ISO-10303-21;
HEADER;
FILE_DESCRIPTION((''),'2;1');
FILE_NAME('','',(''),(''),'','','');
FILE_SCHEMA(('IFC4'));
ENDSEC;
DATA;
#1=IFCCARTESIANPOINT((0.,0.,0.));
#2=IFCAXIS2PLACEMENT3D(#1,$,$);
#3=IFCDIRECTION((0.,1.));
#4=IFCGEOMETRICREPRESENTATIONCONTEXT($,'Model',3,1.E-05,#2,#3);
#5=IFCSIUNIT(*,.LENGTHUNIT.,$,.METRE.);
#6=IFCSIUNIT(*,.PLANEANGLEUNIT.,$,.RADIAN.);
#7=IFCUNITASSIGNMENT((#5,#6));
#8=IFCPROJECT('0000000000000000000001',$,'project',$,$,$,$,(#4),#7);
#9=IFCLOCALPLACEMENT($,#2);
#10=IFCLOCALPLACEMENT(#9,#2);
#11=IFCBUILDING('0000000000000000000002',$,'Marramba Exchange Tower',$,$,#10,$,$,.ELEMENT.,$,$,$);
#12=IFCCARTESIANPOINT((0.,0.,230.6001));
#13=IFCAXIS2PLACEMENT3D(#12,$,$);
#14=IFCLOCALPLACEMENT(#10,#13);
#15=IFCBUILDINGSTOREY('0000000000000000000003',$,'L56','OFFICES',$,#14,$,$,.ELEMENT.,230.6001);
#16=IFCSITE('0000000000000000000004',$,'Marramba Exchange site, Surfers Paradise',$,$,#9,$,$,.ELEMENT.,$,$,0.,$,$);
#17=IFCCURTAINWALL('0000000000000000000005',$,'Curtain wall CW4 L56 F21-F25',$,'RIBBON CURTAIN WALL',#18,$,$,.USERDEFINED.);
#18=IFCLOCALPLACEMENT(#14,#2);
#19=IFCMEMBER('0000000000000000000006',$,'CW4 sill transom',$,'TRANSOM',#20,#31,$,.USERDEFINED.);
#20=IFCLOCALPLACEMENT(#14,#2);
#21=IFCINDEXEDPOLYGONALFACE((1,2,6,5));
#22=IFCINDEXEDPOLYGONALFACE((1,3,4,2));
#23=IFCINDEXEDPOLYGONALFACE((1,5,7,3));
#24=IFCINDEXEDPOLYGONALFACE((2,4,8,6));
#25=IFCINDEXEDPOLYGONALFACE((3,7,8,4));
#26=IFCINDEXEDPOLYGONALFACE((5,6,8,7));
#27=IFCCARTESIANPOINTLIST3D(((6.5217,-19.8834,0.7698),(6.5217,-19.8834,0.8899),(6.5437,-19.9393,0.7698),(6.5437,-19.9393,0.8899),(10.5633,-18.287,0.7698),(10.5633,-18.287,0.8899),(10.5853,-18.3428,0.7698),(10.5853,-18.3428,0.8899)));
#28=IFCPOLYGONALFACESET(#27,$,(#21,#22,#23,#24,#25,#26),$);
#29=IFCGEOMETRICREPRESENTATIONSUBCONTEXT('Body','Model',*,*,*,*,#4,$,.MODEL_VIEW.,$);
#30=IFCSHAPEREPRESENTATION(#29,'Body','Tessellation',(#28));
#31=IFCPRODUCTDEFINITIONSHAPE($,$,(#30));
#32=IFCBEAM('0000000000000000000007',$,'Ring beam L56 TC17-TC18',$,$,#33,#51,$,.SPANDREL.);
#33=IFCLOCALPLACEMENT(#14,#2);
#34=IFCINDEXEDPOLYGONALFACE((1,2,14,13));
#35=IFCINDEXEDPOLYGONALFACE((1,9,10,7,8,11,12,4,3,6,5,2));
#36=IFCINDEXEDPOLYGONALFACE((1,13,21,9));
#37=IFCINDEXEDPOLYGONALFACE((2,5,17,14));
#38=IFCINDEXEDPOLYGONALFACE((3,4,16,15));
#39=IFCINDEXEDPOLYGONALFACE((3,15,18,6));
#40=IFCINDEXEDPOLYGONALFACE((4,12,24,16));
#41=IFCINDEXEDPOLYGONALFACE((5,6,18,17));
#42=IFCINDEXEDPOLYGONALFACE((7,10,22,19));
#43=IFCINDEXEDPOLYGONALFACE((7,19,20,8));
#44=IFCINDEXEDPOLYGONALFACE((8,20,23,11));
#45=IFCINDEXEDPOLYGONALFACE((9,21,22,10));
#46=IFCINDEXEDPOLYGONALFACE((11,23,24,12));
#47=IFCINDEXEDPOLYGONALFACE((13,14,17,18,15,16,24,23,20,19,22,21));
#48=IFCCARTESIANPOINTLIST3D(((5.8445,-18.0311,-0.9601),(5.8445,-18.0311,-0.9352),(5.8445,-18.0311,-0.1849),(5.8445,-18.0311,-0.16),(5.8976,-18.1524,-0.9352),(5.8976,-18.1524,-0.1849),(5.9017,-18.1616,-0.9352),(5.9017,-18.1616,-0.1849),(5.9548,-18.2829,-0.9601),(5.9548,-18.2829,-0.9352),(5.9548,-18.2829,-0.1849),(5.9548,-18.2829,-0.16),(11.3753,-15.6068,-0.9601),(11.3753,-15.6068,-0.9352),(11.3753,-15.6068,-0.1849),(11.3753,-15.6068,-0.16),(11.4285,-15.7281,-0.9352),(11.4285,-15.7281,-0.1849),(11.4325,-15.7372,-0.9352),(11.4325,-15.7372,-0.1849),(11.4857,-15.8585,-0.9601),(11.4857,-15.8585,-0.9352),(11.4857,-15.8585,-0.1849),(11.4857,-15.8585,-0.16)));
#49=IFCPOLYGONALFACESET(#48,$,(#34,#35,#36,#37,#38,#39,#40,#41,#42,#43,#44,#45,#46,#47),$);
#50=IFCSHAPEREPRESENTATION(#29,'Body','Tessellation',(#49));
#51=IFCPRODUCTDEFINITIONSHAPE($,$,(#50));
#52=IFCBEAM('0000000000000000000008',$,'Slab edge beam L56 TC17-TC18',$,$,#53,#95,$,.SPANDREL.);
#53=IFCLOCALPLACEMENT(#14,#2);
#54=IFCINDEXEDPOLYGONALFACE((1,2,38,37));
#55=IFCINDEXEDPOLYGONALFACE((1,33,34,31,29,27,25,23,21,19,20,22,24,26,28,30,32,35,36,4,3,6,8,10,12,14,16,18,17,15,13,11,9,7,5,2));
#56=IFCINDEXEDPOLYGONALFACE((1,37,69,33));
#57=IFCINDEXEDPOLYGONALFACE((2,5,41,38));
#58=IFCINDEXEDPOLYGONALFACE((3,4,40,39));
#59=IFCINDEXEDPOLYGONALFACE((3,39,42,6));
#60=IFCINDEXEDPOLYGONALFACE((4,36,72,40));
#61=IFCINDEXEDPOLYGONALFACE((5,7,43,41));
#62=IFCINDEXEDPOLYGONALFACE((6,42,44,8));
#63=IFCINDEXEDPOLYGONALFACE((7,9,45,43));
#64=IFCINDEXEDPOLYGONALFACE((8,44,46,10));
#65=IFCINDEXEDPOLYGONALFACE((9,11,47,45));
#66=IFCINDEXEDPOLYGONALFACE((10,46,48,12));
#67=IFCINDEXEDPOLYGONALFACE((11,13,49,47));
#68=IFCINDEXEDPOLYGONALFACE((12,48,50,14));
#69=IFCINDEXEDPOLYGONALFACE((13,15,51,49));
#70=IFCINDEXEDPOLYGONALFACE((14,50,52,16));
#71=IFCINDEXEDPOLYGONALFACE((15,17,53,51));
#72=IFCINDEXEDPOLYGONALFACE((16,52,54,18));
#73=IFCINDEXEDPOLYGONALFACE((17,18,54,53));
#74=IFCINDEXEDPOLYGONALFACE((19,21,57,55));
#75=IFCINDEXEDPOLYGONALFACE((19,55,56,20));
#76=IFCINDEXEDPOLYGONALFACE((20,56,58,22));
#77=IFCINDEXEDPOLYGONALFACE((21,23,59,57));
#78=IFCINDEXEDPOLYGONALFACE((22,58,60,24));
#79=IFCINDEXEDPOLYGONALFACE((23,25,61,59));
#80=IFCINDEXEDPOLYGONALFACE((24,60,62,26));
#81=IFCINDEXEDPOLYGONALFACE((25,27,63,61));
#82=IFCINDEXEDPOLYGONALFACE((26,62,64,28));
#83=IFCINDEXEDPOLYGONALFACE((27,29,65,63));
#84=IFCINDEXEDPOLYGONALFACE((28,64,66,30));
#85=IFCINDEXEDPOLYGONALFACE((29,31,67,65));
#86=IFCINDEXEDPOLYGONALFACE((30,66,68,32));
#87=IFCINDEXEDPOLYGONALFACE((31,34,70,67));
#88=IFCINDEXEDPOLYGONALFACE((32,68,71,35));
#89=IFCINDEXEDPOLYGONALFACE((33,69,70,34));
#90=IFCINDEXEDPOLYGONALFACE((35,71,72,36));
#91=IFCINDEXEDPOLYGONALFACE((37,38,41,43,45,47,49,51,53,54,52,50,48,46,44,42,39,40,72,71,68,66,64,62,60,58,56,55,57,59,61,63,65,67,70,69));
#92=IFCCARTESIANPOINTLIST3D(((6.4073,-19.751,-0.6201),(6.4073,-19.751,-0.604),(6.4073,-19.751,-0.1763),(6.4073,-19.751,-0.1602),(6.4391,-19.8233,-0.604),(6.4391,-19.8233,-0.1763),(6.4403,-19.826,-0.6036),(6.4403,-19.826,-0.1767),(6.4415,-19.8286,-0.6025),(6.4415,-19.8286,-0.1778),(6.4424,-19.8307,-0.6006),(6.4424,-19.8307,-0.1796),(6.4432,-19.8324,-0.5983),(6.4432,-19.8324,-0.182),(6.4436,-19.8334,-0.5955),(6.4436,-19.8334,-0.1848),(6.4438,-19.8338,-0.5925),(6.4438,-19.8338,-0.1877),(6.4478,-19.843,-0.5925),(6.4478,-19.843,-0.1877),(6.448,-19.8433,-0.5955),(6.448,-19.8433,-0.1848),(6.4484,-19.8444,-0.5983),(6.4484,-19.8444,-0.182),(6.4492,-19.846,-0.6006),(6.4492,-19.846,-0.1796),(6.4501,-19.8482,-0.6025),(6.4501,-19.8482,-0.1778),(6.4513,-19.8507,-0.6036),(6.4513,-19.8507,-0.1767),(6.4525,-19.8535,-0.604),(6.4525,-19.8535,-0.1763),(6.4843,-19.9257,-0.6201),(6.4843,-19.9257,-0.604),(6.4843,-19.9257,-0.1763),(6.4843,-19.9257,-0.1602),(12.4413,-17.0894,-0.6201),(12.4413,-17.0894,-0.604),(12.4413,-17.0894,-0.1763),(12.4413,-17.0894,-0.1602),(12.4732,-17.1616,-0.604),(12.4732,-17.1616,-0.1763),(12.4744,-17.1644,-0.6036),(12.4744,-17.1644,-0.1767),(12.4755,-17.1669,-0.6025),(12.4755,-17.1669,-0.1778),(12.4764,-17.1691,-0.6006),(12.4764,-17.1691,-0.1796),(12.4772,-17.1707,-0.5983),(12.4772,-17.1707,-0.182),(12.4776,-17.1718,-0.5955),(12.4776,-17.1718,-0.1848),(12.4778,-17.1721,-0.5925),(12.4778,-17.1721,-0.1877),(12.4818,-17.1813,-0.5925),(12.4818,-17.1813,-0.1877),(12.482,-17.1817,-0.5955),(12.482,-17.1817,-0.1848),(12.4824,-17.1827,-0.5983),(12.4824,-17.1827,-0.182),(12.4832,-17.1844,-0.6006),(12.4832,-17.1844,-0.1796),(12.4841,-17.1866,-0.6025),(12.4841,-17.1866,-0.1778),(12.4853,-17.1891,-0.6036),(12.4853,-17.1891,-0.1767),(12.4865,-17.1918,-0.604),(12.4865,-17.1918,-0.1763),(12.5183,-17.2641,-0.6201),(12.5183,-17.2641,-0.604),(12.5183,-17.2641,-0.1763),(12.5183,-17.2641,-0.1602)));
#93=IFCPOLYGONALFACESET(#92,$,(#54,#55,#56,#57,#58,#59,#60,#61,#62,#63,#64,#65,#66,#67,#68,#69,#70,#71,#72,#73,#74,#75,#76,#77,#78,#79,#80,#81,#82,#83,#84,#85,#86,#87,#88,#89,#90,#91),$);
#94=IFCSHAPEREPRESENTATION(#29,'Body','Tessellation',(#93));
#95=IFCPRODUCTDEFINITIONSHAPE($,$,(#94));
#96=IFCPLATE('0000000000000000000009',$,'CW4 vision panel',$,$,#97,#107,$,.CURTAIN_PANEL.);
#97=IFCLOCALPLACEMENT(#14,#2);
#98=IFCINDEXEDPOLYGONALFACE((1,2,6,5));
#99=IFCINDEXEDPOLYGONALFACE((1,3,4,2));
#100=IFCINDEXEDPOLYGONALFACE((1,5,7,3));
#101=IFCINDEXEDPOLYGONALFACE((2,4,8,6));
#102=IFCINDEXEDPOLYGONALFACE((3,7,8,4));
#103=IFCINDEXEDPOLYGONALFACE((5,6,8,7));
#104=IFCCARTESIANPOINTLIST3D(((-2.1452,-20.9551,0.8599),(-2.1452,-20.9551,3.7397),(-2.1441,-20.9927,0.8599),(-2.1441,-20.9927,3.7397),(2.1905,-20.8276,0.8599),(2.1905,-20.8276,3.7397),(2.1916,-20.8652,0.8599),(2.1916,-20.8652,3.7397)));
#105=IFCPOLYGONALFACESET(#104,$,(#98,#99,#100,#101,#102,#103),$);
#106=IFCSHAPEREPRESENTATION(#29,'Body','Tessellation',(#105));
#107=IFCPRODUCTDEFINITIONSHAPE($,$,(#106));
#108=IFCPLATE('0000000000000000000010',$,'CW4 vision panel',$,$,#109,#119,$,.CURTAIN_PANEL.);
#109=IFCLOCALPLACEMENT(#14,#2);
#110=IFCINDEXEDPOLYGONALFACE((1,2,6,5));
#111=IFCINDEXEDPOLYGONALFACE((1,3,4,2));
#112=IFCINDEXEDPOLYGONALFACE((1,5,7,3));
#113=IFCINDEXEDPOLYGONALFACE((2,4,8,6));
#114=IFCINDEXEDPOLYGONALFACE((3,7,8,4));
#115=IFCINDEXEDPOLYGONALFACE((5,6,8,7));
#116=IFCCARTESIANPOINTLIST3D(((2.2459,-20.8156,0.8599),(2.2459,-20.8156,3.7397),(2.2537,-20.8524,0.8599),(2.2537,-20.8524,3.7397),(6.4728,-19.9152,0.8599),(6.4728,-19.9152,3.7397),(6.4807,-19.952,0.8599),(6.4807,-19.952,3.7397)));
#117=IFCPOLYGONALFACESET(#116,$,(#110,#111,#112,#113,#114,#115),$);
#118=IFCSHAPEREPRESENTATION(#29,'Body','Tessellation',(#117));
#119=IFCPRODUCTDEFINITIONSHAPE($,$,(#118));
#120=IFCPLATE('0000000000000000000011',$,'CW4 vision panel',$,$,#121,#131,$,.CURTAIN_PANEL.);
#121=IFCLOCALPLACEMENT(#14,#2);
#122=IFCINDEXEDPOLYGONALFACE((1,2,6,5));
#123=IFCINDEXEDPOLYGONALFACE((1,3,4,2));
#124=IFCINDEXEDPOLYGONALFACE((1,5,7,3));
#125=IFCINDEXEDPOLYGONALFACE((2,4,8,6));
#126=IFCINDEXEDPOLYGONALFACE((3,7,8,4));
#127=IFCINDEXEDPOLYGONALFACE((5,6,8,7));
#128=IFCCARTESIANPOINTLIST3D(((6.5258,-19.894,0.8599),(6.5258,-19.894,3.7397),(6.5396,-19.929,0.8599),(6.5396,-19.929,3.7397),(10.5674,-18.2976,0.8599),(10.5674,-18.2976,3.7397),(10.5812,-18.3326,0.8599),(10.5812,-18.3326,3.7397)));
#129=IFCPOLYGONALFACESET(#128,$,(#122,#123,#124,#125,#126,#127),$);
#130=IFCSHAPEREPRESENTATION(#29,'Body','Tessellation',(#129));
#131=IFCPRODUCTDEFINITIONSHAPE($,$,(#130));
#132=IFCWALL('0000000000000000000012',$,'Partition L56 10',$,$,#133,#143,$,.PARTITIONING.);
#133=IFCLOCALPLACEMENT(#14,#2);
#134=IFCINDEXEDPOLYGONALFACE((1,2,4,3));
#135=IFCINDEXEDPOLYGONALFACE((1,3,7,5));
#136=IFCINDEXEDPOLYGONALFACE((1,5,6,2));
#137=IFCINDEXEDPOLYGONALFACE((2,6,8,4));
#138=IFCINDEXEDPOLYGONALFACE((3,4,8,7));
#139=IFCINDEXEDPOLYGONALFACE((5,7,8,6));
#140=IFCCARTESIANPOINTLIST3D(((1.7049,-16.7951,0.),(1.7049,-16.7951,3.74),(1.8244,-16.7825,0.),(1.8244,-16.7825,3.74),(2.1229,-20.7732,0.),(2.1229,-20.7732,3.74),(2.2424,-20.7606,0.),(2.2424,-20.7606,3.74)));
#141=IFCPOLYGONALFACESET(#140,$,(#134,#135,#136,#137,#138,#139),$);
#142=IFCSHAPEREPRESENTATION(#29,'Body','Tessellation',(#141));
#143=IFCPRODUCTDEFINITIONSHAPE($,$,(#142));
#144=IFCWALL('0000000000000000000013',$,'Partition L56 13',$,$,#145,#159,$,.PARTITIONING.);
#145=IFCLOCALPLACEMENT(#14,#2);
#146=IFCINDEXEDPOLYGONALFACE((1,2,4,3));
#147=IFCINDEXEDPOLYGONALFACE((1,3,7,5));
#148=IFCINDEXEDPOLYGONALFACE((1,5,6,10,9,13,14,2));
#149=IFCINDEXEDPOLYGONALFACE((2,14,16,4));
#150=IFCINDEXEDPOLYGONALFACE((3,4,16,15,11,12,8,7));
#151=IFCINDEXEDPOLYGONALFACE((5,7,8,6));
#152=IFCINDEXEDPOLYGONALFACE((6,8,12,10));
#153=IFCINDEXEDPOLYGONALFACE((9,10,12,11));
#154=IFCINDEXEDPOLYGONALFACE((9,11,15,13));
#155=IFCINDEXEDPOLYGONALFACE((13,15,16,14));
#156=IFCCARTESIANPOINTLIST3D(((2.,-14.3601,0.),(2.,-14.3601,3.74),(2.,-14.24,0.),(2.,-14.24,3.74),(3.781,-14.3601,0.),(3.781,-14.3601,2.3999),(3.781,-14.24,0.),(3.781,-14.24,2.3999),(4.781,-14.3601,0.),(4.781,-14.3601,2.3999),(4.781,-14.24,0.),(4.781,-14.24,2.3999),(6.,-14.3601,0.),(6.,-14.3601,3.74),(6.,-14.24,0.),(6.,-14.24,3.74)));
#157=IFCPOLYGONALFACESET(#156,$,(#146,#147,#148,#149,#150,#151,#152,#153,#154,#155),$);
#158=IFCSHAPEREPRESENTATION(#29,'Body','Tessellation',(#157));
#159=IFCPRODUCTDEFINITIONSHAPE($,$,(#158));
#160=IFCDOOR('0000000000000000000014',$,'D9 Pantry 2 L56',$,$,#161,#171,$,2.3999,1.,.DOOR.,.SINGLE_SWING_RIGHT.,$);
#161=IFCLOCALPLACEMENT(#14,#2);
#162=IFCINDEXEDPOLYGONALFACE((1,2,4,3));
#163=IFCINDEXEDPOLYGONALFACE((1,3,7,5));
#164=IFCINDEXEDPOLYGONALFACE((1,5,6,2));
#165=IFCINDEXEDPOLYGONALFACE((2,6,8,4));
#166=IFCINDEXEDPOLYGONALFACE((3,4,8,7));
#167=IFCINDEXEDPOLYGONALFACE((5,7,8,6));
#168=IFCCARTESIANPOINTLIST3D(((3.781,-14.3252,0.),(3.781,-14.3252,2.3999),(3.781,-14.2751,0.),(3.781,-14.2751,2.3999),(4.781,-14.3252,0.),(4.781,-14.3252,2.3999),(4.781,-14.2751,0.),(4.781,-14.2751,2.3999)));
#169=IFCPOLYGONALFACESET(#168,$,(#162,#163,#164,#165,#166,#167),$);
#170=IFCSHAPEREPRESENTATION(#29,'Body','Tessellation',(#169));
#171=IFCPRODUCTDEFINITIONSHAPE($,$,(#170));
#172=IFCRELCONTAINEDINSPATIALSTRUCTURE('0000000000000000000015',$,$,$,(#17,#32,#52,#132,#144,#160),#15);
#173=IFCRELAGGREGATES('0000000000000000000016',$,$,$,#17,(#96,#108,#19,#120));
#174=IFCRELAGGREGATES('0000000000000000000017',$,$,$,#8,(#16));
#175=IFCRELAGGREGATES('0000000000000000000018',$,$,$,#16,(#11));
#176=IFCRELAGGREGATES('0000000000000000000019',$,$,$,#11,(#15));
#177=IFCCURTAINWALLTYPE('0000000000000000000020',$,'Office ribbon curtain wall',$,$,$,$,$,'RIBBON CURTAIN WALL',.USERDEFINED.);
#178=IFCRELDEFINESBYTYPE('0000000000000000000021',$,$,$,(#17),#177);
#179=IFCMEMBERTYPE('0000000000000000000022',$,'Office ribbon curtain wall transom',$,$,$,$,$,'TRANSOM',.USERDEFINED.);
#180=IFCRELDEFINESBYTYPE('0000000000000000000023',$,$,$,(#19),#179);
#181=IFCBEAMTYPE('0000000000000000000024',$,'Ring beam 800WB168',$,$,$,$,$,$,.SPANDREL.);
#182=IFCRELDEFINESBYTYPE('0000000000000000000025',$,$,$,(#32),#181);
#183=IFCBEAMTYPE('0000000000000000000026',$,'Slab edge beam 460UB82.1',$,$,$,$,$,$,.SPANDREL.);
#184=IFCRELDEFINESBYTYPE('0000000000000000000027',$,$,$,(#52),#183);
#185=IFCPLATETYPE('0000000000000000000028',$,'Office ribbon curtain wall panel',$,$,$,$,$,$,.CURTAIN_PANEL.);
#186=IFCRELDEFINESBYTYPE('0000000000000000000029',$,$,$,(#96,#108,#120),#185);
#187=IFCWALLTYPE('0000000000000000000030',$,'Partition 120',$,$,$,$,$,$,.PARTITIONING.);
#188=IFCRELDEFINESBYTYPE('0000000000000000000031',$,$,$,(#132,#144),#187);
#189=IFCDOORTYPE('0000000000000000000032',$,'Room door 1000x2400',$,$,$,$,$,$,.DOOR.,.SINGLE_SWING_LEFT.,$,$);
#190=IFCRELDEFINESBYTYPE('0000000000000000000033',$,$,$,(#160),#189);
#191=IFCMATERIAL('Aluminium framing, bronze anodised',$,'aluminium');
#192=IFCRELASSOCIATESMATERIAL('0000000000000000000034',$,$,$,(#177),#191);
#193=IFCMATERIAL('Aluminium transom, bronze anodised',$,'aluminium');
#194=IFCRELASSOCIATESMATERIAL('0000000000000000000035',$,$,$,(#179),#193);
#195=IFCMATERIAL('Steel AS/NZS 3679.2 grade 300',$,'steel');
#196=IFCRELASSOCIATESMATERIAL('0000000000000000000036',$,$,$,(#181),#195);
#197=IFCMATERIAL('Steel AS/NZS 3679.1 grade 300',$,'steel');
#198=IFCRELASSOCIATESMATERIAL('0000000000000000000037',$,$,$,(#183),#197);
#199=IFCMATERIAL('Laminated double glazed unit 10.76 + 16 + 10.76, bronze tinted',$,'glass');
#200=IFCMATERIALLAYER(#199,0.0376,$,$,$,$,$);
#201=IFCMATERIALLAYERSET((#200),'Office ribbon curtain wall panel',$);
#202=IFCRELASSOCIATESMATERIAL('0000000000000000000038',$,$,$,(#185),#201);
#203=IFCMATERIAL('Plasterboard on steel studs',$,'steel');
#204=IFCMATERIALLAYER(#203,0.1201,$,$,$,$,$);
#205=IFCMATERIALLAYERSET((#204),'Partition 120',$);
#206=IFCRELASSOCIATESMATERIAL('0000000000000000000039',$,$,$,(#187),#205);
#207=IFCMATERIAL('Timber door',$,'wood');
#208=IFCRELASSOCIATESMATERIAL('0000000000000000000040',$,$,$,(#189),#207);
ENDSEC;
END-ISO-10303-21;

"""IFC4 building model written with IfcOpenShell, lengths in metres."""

from ifc_helpers import new_model, si_unit, direction, frame, frame_2d, origin, origin_2d, place, context, subcontext, project, spatial, rectangle, i_section, extrude, material, layer, layer_set, material_profile, profile_set, type_object, element, fill, aggregate, save


model = new_model("IFC4")

# Units and contexts
model_context = context("Model", 3, precision=1e-05, world=origin(), true_north=direction((0.0, 1.0)))
body_context = subcontext(model_context, "Body", "Model", "MODEL_VIEW")
ifc_project = project(units=[si_unit("LENGTHUNIT", "METRE"), si_unit("PLANEANGLEUNIT", "RADIAN")], contexts=[model_context])

# Site, building, storey
site_placement = place(None, origin())
site = spatial("IfcSite", under=ifc_project, at=site_placement, Name="Marramba Exchange site, Surfers Paradise", CompositionType="ELEMENT", RefElevation=0.0)
building_placement = place(site_placement, origin())
building = spatial("IfcBuilding", under=site, at=building_placement, Name="Marramba Exchange Tower", CompositionType="ELEMENT")
storey_placement = place(building_placement, frame((0.0, 0.0, 230.6001)))
storey = spatial("IfcBuildingStorey", under=building, at=storey_placement, Name="L56", Description="OFFICES", CompositionType="ELEMENT", Elevation=230.6001)

# Shared definitions
ifc_material_1 = material(Name="Steel AS/NZS 3679.2 grade 300", Category="steel")
ifc_material_2 = material(Name="Steel AS/NZS 3679.1 grade 300", Category="steel")

# Curtain wall
ifc_material_3 = material(Name="Aluminium framing, bronze anodised", Category="aluminium")
curtain_wall_type = type_object("IfcCurtainWallType", Name="Office ribbon curtain wall", ElementType="RIBBON CURTAIN WALL", PredefinedType="USERDEFINED", material=ifc_material_3)
curtain_wall_1_placement = place(storey_placement, origin())
curtain_wall_1 = element("IfcCurtainWall", 1, at=curtain_wall_1_placement, inside=storey, type_object=curtain_wall_type, Name="Curtain wall CW4 L56 F21-F25", ObjectType="RIBBON CURTAIN WALL", PredefinedType="USERDEFINED")

# Member
ifc_material_4 = material(Name="Aluminium transom, bronze anodised", Category="aluminium")
ifc_material_profile_1 = material_profile(ifc_material_4, rectangle(XDim=0.0601, YDim=0.1201, at=origin_2d()), Name="CW4 transom 60x120")
ifc_profile_set_1 = profile_set([ifc_material_profile_1], Name="Aluminium transom, bronze anodised")
member_type_1 = type_object("IfcMemberType", Name="Office ribbon curtain wall transom", ElementType="TRANSOM", PredefinedType="USERDEFINED", material=ifc_profile_set_1)
member_1_placement = place(storey_placement, frame((6.5327, -19.9114, 0.8298), z_axis=(0.930068, 0.367387, 0.0), x_axis=(-0.367387, 0.930068, 0.0)))
member_1 = element("IfcMember", 2, at=member_1_placement, type_object=member_type_1, Name="CW4 sill transom", ObjectType="TRANSOM", PredefinedType="USERDEFINED", context=body_context, shape_type="SweptSolid", body=[
    extrude(rectangle(XDim=0.0601, YDim=0.1201, at=origin_2d()), origin(), (0.0, 0.0, 1.0), 4.3455),
])

# Beams
ifc_material_profile_2 = material_profile(ifc_material_1, i_section(OverallWidth=0.2749, OverallDepth=0.8, WebThickness=0.01, FlangeThickness=0.0249, at=origin_2d()), Name="800WB168")
ifc_profile_set_2 = profile_set([ifc_material_profile_2], Name="Steel AS/NZS 3679.2 grade 300")
beam_type_1 = type_object("IfcBeamType", Name="Ring beam 800WB168", PredefinedType="SPANDREL", material=ifc_profile_set_2)
beam_1_placement = place(storey_placement, frame((5.8997, -18.157, -0.5601), z_axis=(0.915877, 0.401459, 0.0), x_axis=(-0.401459, 0.915877, 0.0)))
element("IfcBeam", 3, at=beam_1_placement, inside=storey, type_object=beam_type_1, Name="Ring beam L56 TC17-TC18", PredefinedType="SPANDREL", context=body_context, shape_type="SweptSolid", body=[
    extrude(i_section(OverallWidth=0.2749, OverallDepth=0.8, WebThickness=0.01, FlangeThickness=0.0249, at=origin_2d()), origin(), (0.0, 0.0, 1.0), 6.0388),
])
ifc_material_profile_3 = material_profile(ifc_material_2, i_section(OverallWidth=0.1909, OverallDepth=0.46, WebThickness=0.01, FlangeThickness=0.0161, FilletRadius=0.0115, at=origin_2d()), Name="460UB82.1")
ifc_profile_set_3 = profile_set([ifc_material_profile_3], Name="Steel AS/NZS 3679.1 grade 300")
beam_type_2 = type_object("IfcBeamType", Name="Slab edge beam 460UB82.1", PredefinedType="SPANDREL", material=ifc_profile_set_3)
beam_2_placement = place(storey_placement, frame((6.4458, -19.8384, -0.3901), z_axis=(0.914941, 0.403588, 0.0), x_axis=(-0.403588, 0.914941, 0.0)))
element("IfcBeam", 4, at=beam_2_placement, inside=storey, type_object=beam_type_2, Name="Slab edge beam L56 TC17-TC18", PredefinedType="SPANDREL", context=body_context, shape_type="SweptSolid", body=[
    extrude(i_section(OverallWidth=0.1909, OverallDepth=0.46, WebThickness=0.01, FlangeThickness=0.0161, FilletRadius=0.0115, at=origin_2d()), origin(), (0.0, 0.0, 1.0), 6.595),
])

# Plates
ifc_material_5 = material(Name="Laminated double glazed unit 10.76 + 16 + 10.76, bronze tinted", Category="glass")
ifc_layer_1 = layer(ifc_material_5, 0.0376)
ifc_layer_set_1 = layer_set([ifc_layer_1], Name="Office ribbon curtain wall panel")
plate_type = type_object("IfcPlateType", Name="Office ribbon curtain wall panel", PredefinedType="CURTAIN_PANEL", material=ifc_layer_set_1)
plate_1_placement = place(storey_placement, frame((0.0232, -20.9102, 0.8599), z_axis=(0.0, 0.0, 1.0), x_axis=(0.999568, 0.029393, 0.0)))
plate_1 = element("IfcPlate", 5, at=plate_1_placement, type_object=plate_type, Name="CW4 vision panel", PredefinedType="CURTAIN_PANEL", context=body_context, shape_type="SweptSolid", body=[
    extrude(rectangle(XDim=4.3376, YDim=0.0376, at=origin_2d()), origin(), (0.0, 0.0, 1.0), 2.8799),
])
plate_2_placement = place(storey_placement, frame((4.3633, -20.3838, 0.8599), z_axis=(0.0, 0.0, 1.0), x_axis=(0.978058, 0.208332, 0.0)))
plate_2 = element("IfcPlate", 6, at=plate_2_placement, type_object=plate_type, Name="CW4 vision panel", PredefinedType="CURTAIN_PANEL", context=body_context, shape_type="SweptSolid", body=[
    extrude(rectangle(XDim=4.3218, YDim=0.0376, at=origin_2d()), origin(), (0.0, 0.0, 1.0), 2.8799),
])
plate_3_placement = place(storey_placement, frame((8.5535, -19.1133, 0.8599), z_axis=(0.0, 0.0, 1.0), x_axis=(0.930073, 0.367375, 0.0)))
plate_3 = element("IfcPlate", 7, at=plate_3_placement, type_object=plate_type, Name="CW4 vision panel", PredefinedType="CURTAIN_PANEL", context=body_context, shape_type="SweptSolid", body=[
    extrude(rectangle(XDim=4.3455, YDim=0.0376, at=origin_2d()), origin(), (0.0, 0.0, 1.0), 2.8799),
])
aggregate(curtain_wall_1, [plate_1, plate_2, member_1, plate_3])

# Wall
ifc_material_6 = material(Name="Plasterboard on steel studs", Category="steel")
ifc_layer_2 = layer(ifc_material_6, 0.1201)
ifc_layer_set_2 = layer_set([ifc_layer_2], Name="Partition 120")
wall_type = type_object("IfcWallType", Name="Partition 120", PredefinedType="PARTITIONING", material=ifc_layer_set_2)
wall_1_placement = place(storey_placement, frame((1.7646, -16.7888, 0.0), z_axis=(0.0, 0.0, 1.0), x_axis=(0.104494, -0.994526, 0.0)))
element("IfcWall", 8, at=wall_1_placement, inside=storey, type_object=wall_type, Name="Partition L56 10", PredefinedType="PARTITIONING", context=body_context, shape_type="SweptSolid", body=[
    extrude(rectangle(XDim=4.0, YDim=0.1201, at=frame_2d((2.0, 0.0))), origin(), (0.0, 0.0, 1.0), 3.74),
])

# Wall, opening, door
ifc_material_7 = material(Name="Timber door", Category="wood")
door_type = type_object("IfcDoorType", Name="Room door 1000x2400", OperationType="SINGLE_SWING_LEFT", PredefinedType="DOOR", material=ifc_material_7)
wall_2_placement = place(storey_placement, frame((2.0, -14.3, 0.0), z_axis=(0.0, 0.0, 1.0), x_axis=(1.0, 0.0, 0.0)))
wall_2 = element("IfcWall", 9, at=wall_2_placement, inside=storey, type_object=wall_type, Name="Partition L56 13", PredefinedType="PARTITIONING", context=body_context, shape_type="SweptSolid", body=[
    extrude(rectangle(XDim=4.0, YDim=0.1201, at=frame_2d((2.0, 0.0))), origin(), (0.0, 0.0, 1.0), 3.74),
])
opening_1_placement = place(wall_2_placement, frame((1.781, 0.0, 0.0)))
opening_1 = element("IfcOpeningElement", 10, at=opening_1_placement, cuts=wall_2, PredefinedType="OPENING", context=body_context, shape_type="SweptSolid", body=[
    extrude(rectangle(XDim=1.0, YDim=2.3999, at=frame_2d((0.5, 1.2))), frame((0.0, 0.0701, 0.0), z_axis=(0.0, -1.0, 0.0), x_axis=(1.0, 0.0, 0.0)), (0.0, 0.0, 1.0), 0.1401),
])
door_1_placement = place(opening_1_placement, origin())
door_1 = element("IfcDoor", 11, at=door_1_placement, inside=storey, type_object=door_type, Name="D9 Pantry 2 L56", OperationType="SINGLE_SWING_RIGHT", OverallHeight=2.3999, OverallWidth=1.0, PredefinedType="DOOR", context=body_context, shape_type="SweptSolid", body=[
    extrude(rectangle(XDim=1.0, YDim=2.3999, at=frame_2d((0.5, 1.2))), frame((0.0, 0.0249, 0.0), z_axis=(0.0, -1.0, 0.0), x_axis=(1.0, 0.0, 0.0)), (0.0, 0.0, 1.0), 0.05),
])
fill(opening_1, door_1)

save(model, "model.ifc")
